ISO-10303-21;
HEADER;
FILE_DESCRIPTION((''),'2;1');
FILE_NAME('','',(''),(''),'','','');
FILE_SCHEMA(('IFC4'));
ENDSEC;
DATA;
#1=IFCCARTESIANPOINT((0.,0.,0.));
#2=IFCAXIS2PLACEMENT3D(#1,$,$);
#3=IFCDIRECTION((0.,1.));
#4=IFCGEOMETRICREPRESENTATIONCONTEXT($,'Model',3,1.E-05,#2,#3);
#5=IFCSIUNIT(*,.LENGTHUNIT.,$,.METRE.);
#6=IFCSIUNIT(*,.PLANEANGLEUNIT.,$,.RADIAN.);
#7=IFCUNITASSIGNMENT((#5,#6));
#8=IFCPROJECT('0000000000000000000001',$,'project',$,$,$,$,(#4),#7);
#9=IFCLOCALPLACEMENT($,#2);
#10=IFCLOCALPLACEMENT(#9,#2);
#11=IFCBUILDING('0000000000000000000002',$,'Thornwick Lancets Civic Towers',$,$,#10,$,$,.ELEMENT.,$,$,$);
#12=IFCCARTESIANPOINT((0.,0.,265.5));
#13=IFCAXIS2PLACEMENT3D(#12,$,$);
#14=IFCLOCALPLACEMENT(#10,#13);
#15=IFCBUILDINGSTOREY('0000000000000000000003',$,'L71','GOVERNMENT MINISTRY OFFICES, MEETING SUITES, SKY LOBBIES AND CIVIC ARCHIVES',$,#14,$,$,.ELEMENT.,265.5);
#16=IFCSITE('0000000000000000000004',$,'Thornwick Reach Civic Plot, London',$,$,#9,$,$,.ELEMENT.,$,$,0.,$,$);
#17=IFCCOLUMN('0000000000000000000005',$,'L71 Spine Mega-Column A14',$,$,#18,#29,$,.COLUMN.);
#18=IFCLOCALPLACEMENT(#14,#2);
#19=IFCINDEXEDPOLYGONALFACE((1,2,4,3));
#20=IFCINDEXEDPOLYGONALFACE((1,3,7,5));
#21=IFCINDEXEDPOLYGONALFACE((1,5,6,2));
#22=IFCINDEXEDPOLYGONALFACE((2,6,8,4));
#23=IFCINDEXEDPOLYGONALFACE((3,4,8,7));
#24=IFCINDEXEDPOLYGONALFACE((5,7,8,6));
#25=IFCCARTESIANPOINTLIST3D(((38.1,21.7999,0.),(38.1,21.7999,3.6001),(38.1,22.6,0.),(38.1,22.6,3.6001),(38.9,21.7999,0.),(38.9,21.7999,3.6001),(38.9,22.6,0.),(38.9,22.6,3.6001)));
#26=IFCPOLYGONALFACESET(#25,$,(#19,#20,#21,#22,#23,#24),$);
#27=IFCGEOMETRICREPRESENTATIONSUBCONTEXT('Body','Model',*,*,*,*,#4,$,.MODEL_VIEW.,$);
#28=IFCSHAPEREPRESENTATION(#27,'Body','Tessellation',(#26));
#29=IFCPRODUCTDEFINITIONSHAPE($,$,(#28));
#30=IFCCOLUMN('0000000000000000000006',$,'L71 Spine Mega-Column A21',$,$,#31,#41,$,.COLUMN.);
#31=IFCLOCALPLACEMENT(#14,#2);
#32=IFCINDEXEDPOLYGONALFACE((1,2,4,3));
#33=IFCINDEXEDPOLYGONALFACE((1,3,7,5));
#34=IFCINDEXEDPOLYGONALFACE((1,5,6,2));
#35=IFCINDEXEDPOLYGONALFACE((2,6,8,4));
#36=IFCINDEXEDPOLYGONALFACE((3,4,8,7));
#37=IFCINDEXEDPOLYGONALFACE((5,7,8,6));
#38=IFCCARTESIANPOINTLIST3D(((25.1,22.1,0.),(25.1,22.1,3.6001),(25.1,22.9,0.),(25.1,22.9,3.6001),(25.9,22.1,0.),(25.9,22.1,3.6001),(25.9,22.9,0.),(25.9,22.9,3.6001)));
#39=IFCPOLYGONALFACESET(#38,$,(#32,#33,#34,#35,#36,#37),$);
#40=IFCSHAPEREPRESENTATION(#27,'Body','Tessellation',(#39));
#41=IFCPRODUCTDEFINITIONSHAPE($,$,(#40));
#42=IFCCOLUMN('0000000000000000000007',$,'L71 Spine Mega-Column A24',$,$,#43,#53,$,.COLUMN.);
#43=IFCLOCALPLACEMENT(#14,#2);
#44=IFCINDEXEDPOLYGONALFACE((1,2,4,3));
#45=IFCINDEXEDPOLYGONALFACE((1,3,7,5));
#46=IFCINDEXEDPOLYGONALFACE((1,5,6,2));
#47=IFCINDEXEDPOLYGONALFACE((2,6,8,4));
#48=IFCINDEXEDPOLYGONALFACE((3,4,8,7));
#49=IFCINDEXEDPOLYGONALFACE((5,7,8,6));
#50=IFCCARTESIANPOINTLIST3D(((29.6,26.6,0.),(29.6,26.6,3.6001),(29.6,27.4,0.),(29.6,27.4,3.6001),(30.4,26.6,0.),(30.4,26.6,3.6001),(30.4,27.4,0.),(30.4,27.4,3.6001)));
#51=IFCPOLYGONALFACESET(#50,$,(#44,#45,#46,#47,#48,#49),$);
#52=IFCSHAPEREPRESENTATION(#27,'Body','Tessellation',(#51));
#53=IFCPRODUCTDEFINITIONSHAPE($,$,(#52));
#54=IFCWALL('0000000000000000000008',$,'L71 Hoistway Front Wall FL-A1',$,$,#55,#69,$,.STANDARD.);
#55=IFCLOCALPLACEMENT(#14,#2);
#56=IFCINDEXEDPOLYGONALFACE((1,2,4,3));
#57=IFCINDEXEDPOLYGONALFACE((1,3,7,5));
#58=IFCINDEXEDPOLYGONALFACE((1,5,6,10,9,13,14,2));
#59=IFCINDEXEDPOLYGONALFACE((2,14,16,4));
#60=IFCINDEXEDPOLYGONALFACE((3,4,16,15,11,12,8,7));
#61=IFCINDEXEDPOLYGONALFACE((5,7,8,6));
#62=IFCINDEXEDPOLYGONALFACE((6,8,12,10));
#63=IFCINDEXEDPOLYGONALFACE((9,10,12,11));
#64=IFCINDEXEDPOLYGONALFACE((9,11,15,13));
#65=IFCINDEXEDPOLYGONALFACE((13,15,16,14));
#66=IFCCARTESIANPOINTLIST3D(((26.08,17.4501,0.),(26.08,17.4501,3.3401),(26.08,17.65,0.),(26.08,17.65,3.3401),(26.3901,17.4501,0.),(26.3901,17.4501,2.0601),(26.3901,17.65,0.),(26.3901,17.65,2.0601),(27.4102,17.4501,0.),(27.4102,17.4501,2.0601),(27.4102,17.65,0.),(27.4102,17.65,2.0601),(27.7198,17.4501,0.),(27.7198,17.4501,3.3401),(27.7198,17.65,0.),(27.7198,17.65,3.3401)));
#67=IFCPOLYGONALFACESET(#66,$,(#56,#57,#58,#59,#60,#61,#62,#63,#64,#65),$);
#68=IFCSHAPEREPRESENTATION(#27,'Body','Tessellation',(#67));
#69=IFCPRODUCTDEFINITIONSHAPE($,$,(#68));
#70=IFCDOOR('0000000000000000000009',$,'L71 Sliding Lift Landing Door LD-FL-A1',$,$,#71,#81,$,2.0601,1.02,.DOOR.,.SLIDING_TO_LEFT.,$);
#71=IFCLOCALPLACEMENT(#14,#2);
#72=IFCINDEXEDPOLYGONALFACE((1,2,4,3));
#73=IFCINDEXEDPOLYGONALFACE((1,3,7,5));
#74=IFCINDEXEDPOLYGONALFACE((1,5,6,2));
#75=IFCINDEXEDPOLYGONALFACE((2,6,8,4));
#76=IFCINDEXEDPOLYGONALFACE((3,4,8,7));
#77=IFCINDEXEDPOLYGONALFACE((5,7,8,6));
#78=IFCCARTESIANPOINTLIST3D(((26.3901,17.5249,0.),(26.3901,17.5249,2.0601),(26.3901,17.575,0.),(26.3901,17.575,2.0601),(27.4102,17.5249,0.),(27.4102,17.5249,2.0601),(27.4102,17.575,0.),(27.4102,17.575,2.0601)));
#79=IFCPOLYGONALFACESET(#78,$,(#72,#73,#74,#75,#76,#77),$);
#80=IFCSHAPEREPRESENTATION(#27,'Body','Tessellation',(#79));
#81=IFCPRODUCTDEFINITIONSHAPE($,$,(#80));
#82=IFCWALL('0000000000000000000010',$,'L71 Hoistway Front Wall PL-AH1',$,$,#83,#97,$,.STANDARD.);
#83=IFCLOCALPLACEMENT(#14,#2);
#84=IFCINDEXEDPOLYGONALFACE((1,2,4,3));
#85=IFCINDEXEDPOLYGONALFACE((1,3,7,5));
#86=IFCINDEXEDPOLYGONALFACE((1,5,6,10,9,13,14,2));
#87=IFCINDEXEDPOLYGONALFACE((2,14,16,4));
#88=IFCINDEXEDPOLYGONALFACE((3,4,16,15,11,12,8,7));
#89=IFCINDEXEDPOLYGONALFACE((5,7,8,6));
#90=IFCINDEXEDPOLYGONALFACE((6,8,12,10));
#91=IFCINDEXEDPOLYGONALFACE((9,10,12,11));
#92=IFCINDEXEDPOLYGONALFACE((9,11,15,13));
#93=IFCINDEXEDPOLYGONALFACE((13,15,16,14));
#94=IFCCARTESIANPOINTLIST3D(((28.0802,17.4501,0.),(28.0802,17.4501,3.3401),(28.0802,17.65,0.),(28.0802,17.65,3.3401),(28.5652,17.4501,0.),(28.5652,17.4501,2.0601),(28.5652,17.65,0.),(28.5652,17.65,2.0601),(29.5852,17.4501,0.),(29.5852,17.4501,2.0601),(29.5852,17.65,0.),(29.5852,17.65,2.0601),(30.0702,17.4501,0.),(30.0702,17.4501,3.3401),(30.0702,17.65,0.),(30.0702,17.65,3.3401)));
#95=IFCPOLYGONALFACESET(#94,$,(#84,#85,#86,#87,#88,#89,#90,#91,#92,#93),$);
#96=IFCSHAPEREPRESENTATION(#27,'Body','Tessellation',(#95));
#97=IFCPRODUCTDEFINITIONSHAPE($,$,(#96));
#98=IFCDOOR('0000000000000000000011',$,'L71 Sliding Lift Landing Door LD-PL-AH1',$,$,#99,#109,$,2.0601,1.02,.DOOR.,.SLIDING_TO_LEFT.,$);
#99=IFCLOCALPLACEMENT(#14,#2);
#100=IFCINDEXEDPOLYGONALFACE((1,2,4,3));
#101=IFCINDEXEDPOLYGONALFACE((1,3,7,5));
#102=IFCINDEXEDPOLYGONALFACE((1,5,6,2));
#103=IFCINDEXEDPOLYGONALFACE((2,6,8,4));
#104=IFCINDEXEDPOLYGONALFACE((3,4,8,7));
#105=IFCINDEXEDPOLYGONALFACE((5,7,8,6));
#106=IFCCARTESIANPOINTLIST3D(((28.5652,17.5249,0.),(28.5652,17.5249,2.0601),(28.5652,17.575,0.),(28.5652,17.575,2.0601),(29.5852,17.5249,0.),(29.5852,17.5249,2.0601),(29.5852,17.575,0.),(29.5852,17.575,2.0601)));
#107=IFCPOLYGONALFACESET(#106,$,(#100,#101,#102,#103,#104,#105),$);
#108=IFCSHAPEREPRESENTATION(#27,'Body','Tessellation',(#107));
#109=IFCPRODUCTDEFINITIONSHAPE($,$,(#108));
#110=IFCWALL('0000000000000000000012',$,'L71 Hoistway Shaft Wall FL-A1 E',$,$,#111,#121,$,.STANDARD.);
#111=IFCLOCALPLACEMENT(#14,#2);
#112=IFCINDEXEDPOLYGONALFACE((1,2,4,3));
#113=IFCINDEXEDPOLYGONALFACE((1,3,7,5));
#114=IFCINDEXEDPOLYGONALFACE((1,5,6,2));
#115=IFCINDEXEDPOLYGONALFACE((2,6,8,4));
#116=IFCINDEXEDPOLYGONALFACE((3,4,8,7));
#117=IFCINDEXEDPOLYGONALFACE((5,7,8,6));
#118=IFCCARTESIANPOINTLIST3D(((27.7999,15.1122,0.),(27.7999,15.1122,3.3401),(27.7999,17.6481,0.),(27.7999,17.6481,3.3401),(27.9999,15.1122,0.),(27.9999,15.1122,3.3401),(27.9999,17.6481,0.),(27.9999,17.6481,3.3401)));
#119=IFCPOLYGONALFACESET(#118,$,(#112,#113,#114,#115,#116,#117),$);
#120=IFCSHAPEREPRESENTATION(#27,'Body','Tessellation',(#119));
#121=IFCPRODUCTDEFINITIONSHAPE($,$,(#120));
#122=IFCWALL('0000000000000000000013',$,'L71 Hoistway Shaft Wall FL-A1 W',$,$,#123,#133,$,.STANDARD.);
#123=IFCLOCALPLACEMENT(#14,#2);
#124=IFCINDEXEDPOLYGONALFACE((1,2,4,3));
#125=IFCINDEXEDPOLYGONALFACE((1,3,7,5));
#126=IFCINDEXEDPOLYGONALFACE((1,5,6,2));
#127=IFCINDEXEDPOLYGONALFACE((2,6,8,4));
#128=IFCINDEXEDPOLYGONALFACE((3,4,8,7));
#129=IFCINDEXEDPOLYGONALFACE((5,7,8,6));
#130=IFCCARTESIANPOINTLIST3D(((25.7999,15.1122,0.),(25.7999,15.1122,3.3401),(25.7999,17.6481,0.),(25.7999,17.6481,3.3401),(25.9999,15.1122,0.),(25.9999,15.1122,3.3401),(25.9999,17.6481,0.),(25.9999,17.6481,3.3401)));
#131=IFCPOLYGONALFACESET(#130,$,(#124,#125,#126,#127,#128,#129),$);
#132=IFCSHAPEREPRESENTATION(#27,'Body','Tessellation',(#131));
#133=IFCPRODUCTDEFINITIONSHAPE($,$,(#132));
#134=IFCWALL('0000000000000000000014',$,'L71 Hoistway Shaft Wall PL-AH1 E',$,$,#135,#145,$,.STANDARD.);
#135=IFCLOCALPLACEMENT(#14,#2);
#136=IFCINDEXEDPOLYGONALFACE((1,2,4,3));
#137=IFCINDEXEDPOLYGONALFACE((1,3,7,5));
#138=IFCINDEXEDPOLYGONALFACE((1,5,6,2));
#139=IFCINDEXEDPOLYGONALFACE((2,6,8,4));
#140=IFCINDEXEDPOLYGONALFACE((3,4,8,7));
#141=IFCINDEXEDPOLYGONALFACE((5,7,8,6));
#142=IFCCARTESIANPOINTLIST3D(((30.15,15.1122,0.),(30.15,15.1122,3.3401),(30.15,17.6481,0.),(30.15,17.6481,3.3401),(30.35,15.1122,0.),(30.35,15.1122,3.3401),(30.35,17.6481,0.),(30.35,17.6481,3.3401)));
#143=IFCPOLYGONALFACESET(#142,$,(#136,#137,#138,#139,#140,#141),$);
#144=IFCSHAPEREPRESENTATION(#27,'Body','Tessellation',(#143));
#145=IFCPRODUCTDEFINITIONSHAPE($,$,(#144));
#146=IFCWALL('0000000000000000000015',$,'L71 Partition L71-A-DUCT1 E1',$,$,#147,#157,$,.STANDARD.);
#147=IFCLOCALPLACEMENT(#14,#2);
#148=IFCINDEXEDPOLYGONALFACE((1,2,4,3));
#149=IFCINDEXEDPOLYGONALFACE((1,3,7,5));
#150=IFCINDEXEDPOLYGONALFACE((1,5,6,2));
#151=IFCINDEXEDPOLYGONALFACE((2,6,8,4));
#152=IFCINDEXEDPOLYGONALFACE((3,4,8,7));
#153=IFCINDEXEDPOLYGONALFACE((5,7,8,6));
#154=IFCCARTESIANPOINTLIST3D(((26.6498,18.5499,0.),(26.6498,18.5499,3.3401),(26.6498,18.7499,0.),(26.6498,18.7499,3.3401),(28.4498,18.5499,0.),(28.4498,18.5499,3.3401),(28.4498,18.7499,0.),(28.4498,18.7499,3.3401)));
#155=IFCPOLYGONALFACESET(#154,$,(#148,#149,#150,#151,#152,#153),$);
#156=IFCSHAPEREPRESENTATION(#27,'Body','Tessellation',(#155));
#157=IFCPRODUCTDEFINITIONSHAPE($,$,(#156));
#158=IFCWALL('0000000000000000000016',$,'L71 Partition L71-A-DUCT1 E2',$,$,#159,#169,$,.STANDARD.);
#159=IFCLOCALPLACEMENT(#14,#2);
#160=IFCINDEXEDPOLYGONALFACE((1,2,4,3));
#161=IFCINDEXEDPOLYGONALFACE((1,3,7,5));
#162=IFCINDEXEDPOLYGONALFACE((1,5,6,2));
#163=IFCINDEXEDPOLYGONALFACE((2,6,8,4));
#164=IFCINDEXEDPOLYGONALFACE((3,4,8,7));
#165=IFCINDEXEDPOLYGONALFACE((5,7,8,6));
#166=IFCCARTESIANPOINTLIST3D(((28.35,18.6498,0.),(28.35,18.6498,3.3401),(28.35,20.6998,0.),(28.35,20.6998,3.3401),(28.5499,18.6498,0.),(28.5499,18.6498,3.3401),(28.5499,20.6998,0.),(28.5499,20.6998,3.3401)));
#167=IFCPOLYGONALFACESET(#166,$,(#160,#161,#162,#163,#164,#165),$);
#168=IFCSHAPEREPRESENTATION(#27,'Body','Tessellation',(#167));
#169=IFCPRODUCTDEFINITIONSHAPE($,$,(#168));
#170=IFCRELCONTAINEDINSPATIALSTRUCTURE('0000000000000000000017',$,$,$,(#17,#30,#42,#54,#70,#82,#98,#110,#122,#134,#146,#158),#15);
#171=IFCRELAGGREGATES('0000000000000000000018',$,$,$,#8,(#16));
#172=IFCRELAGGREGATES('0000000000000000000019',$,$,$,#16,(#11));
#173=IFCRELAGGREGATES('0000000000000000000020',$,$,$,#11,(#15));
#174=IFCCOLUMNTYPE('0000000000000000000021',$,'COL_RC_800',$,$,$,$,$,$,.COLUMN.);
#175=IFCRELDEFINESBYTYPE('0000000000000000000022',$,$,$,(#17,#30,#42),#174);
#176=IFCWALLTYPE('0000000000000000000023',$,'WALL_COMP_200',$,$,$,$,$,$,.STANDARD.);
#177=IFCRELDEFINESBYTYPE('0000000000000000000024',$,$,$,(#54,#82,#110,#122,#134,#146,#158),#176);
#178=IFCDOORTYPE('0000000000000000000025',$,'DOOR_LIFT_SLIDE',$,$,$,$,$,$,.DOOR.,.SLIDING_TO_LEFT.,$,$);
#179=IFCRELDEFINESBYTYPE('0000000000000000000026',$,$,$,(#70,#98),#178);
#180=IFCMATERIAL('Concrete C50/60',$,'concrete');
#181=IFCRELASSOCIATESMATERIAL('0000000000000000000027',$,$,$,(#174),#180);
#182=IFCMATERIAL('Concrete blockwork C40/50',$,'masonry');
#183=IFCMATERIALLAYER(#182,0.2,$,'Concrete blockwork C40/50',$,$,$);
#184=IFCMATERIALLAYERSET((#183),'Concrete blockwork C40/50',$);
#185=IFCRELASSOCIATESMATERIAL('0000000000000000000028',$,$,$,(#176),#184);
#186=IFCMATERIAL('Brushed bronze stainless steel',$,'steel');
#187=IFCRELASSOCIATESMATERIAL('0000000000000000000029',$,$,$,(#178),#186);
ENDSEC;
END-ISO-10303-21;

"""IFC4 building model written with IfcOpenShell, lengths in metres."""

from ifc_helpers import new_model, si_unit, direction, frame, frame_2d, origin, origin_2d, place, context, subcontext, project, spatial, rectangle, extrude, material, layer, layer_set, material_profile, profile_set, type_object, element, fill, save


model = new_model("IFC4")

# Units and contexts
model_context = context("Model", 3, precision=1e-05, world=origin(), true_north=direction((0.0, 1.0)))
body_context = subcontext(model_context, "Body", "Model", "MODEL_VIEW")
ifc_project = project(units=[si_unit("LENGTHUNIT", "METRE"), si_unit("PLANEANGLEUNIT", "RADIAN")], contexts=[model_context])

# Site, building, storey
site_placement = place(None, origin())
site = spatial("IfcSite", under=ifc_project, at=site_placement, Name="Thornwick Reach Civic Plot, London", CompositionType="ELEMENT", RefElevation=0.0)
building_placement = place(site_placement, origin())
building = spatial("IfcBuilding", under=site, at=building_placement, Name="Thornwick Lancets Civic Towers", CompositionType="ELEMENT")
storey_placement = place(building_placement, frame((0.0, 0.0, 265.5)))
storey = spatial("IfcBuildingStorey", under=building, at=storey_placement, Name="L71", Description="GOVERNMENT MINISTRY OFFICES, MEETING SUITES, SKY LOBBIES AND CIVIC ARCHIVES", CompositionType="ELEMENT", Elevation=265.5)

# Columns
ifc_material_1 = material(Name="Concrete C50/60", Category="concrete")
ifc_material_profile = material_profile(ifc_material_1, rectangle(XDim=0.8, YDim=0.8, at=origin_2d()), Name="RC 800x800")
ifc_profile_set = profile_set([ifc_material_profile], Name="Concrete C50/60")
column_type = type_object("IfcColumnType", Name="COL_RC_800", PredefinedType="COLUMN", material=ifc_profile_set)
for number, where, z_axis, x_axis, name in (
    (1, (38.5, 22.2, 0.0), (0.0, 0.0, 1.0), (1.0, 0.0, 0.0), "L71 Spine Mega-Column A14"),
    (2, (25.5, 22.5, 0.0), (0.0, 0.0, 1.0), (1.0, 0.0, 0.0), "L71 Spine Mega-Column A21"),
    (3, (30.0, 27.0, 0.0), (0.0, 0.0, 1.0), (1.0, 0.0, 0.0), "L71 Spine Mega-Column A24"),
):
    element("IfcColumn", number, at=place(storey_placement, frame(where, z_axis=z_axis, x_axis=x_axis)), inside=storey, type_object=column_type, Name=name, PredefinedType="COLUMN", context=body_context, shape_type="SweptSolid", body=[
        extrude(rectangle(XDim=0.8, YDim=0.8, at=origin_2d()), origin(), (0.0, 0.0, 1.0), 3.6001),
    ])

# Walls, openings, doors
ifc_material_2 = material(Name="Concrete blockwork C40/50", Category="masonry")
ifc_layer_1 = layer(ifc_material_2, 0.2, Name="Concrete blockwork C40/50")
ifc_layer_set_1 = layer_set([ifc_layer_1], Name="Concrete blockwork C40/50")
wall_type_1 = type_object("IfcWallType", Name="WALL_COMP_200", PredefinedType="STANDARD", material=ifc_layer_set_1)
wall_1_placement = place(storey_placement, frame((26.0801, 17.55, 0.0), z_axis=(0.0, 0.0, 1.0), x_axis=(1.0, 0.0, 0.0)))
wall_1 = element("IfcWall", 4, at=wall_1_placement, inside=storey, type_object=wall_type_1, Name="L71 Hoistway Front Wall FL-A1", PredefinedType="STANDARD", context=body_context, shape_type="SweptSolid", body=[
    extrude(rectangle(XDim=1.6399, YDim=0.2, at=frame_2d((0.8198, 0.0))), origin(), (0.0, 0.0, 1.0), 3.3401),
])
opening_1_placement = place(wall_1_placement, frame((0.3101, 0.0, 0.0)))
opening_1 = element("IfcOpeningElement", 5, at=opening_1_placement, cuts=wall_1, PredefinedType="OPENING", context=body_context, shape_type="SweptSolid", body=[
    extrude(rectangle(XDim=1.02, YDim=2.0601, at=frame_2d((0.51, 1.03))), frame((0.0, 0.1099, 0.0), z_axis=(0.0, -1.0, 0.0), x_axis=(1.0, 0.0, 0.0)), (0.0, 0.0, 1.0), 0.22),
])
ifc_material_3 = material(Name="Brushed bronze stainless steel", Category="steel")
door_type_1 = type_object("IfcDoorType", Name="DOOR_LIFT_SLIDE", OperationType="SLIDING_TO_LEFT", PredefinedType="DOOR", material=ifc_material_3)
door_1_placement = place(opening_1_placement, origin())
door_1 = element("IfcDoor", 6, at=door_1_placement, inside=storey, type_object=door_type_1, Name="L71 Sliding Lift Landing Door LD-FL-A1", OperationType="SLIDING_TO_LEFT", OverallHeight=2.0601, OverallWidth=1.02, PredefinedType="DOOR", context=body_context, shape_type="SweptSolid", body=[
    extrude(rectangle(XDim=1.02, YDim=2.0601, at=frame_2d((0.51, 1.03))), frame((0.0, 0.0249, 0.0), z_axis=(0.0, -1.0, 0.0), x_axis=(1.0, 0.0, 0.0)), (0.0, 0.0, 1.0), 0.05),
])
fill(opening_1, door_1)
wall_2_placement = place(storey_placement, frame((28.0801, 17.55, 0.0), z_axis=(0.0, 0.0, 1.0), x_axis=(1.0, 0.0, 0.0)))
wall_2 = element("IfcWall", 7, at=wall_2_placement, inside=storey, type_object=wall_type_1, Name="L71 Hoistway Front Wall PL-AH1", PredefinedType="STANDARD", context=body_context, shape_type="SweptSolid", body=[
    extrude(rectangle(XDim=1.99, YDim=0.2, at=frame_2d((0.9951, 0.0))), origin(), (0.0, 0.0, 1.0), 3.3401),
])
opening_2_placement = place(wall_2_placement, frame((0.4851, 0.0, 0.0)))
opening_2 = element("IfcOpeningElement", 8, at=opening_2_placement, cuts=wall_2, PredefinedType="OPENING", context=body_context, shape_type="SweptSolid", body=[
    extrude(rectangle(XDim=1.02, YDim=2.0601, at=frame_2d((0.51, 1.03))), frame((0.0, 0.1099, 0.0), z_axis=(0.0, -1.0, 0.0), x_axis=(1.0, 0.0, 0.0)), (0.0, 0.0, 1.0), 0.22),
])
door_2_placement = place(opening_2_placement, origin())
door_2 = element("IfcDoor", 9, at=door_2_placement, inside=storey, type_object=door_type_1, Name="L71 Sliding Lift Landing Door LD-PL-AH1", OperationType="SLIDING_TO_LEFT", OverallHeight=2.0601, OverallWidth=1.02, PredefinedType="DOOR", context=body_context, shape_type="SweptSolid", body=[
    extrude(rectangle(XDim=1.02, YDim=2.0601, at=frame_2d((0.51, 1.03))), frame((0.0, 0.0249, 0.0), z_axis=(0.0, -1.0, 0.0), x_axis=(1.0, 0.0, 0.0)), (0.0, 0.0, 1.0), 0.05),
])
fill(opening_2, door_2)

# Walls
for number, where, z_axis, x_axis, name in (
    (10, (27.8999, 15.1121, 0.0), (0.0, 0.0, 1.0), (0.0, 1.0, 0.0), "L71 Hoistway Shaft Wall FL-A1 E"),
    (11, (25.8999, 15.1121, 0.0), (0.0, 0.0, 1.0), (0.0, 1.0, 0.0), "L71 Hoistway Shaft Wall FL-A1 W"),
    (12, (30.25, 15.1121, 0.0), (0.0, 0.0, 1.0), (0.0, 1.0, 0.0), "L71 Hoistway Shaft Wall PL-AH1 E"),
):
    element("IfcWall", number, at=place(storey_placement, frame(where, z_axis=z_axis, x_axis=x_axis)), inside=storey, type_object=wall_type_1, Name=name, PredefinedType="STANDARD", context=body_context, shape_type="SweptSolid", body=[
        extrude(rectangle(XDim=2.5359, YDim=0.2, at=frame_2d((1.2681, 0.0))), origin(), (0.0, 0.0, 1.0), 3.3401),
    ])
wall_3_placement = place(storey_placement, frame((26.6499, 18.6499, 0.0), z_axis=(0.0, 0.0, 1.0), x_axis=(1.0, 0.0, 0.0)))
element("IfcWall", 13, at=wall_3_placement, inside=storey, type_object=wall_type_1, Name="L71 Partition L71-A-DUCT1 E1", PredefinedType="STANDARD", context=body_context, shape_type="SweptSolid", body=[
    extrude(rectangle(XDim=1.8, YDim=0.2, at=frame_2d((0.8999, 0.0))), origin(), (0.0, 0.0, 1.0), 3.3401),
])
wall_4_placement = place(storey_placement, frame((28.45, 18.6499, 0.0), z_axis=(0.0, 0.0, 1.0), x_axis=(0.0, 1.0, 0.0)))
element("IfcWall", 14, at=wall_4_placement, inside=storey, type_object=wall_type_1, Name="L71 Partition L71-A-DUCT1 E2", PredefinedType="STANDARD", context=body_context, shape_type="SweptSolid", body=[
    extrude(rectangle(XDim=2.05, YDim=0.2, at=frame_2d((1.0249, 0.0))), origin(), (0.0, 0.0, 1.0), 3.3401),
])

save(model, "model.ifc")
